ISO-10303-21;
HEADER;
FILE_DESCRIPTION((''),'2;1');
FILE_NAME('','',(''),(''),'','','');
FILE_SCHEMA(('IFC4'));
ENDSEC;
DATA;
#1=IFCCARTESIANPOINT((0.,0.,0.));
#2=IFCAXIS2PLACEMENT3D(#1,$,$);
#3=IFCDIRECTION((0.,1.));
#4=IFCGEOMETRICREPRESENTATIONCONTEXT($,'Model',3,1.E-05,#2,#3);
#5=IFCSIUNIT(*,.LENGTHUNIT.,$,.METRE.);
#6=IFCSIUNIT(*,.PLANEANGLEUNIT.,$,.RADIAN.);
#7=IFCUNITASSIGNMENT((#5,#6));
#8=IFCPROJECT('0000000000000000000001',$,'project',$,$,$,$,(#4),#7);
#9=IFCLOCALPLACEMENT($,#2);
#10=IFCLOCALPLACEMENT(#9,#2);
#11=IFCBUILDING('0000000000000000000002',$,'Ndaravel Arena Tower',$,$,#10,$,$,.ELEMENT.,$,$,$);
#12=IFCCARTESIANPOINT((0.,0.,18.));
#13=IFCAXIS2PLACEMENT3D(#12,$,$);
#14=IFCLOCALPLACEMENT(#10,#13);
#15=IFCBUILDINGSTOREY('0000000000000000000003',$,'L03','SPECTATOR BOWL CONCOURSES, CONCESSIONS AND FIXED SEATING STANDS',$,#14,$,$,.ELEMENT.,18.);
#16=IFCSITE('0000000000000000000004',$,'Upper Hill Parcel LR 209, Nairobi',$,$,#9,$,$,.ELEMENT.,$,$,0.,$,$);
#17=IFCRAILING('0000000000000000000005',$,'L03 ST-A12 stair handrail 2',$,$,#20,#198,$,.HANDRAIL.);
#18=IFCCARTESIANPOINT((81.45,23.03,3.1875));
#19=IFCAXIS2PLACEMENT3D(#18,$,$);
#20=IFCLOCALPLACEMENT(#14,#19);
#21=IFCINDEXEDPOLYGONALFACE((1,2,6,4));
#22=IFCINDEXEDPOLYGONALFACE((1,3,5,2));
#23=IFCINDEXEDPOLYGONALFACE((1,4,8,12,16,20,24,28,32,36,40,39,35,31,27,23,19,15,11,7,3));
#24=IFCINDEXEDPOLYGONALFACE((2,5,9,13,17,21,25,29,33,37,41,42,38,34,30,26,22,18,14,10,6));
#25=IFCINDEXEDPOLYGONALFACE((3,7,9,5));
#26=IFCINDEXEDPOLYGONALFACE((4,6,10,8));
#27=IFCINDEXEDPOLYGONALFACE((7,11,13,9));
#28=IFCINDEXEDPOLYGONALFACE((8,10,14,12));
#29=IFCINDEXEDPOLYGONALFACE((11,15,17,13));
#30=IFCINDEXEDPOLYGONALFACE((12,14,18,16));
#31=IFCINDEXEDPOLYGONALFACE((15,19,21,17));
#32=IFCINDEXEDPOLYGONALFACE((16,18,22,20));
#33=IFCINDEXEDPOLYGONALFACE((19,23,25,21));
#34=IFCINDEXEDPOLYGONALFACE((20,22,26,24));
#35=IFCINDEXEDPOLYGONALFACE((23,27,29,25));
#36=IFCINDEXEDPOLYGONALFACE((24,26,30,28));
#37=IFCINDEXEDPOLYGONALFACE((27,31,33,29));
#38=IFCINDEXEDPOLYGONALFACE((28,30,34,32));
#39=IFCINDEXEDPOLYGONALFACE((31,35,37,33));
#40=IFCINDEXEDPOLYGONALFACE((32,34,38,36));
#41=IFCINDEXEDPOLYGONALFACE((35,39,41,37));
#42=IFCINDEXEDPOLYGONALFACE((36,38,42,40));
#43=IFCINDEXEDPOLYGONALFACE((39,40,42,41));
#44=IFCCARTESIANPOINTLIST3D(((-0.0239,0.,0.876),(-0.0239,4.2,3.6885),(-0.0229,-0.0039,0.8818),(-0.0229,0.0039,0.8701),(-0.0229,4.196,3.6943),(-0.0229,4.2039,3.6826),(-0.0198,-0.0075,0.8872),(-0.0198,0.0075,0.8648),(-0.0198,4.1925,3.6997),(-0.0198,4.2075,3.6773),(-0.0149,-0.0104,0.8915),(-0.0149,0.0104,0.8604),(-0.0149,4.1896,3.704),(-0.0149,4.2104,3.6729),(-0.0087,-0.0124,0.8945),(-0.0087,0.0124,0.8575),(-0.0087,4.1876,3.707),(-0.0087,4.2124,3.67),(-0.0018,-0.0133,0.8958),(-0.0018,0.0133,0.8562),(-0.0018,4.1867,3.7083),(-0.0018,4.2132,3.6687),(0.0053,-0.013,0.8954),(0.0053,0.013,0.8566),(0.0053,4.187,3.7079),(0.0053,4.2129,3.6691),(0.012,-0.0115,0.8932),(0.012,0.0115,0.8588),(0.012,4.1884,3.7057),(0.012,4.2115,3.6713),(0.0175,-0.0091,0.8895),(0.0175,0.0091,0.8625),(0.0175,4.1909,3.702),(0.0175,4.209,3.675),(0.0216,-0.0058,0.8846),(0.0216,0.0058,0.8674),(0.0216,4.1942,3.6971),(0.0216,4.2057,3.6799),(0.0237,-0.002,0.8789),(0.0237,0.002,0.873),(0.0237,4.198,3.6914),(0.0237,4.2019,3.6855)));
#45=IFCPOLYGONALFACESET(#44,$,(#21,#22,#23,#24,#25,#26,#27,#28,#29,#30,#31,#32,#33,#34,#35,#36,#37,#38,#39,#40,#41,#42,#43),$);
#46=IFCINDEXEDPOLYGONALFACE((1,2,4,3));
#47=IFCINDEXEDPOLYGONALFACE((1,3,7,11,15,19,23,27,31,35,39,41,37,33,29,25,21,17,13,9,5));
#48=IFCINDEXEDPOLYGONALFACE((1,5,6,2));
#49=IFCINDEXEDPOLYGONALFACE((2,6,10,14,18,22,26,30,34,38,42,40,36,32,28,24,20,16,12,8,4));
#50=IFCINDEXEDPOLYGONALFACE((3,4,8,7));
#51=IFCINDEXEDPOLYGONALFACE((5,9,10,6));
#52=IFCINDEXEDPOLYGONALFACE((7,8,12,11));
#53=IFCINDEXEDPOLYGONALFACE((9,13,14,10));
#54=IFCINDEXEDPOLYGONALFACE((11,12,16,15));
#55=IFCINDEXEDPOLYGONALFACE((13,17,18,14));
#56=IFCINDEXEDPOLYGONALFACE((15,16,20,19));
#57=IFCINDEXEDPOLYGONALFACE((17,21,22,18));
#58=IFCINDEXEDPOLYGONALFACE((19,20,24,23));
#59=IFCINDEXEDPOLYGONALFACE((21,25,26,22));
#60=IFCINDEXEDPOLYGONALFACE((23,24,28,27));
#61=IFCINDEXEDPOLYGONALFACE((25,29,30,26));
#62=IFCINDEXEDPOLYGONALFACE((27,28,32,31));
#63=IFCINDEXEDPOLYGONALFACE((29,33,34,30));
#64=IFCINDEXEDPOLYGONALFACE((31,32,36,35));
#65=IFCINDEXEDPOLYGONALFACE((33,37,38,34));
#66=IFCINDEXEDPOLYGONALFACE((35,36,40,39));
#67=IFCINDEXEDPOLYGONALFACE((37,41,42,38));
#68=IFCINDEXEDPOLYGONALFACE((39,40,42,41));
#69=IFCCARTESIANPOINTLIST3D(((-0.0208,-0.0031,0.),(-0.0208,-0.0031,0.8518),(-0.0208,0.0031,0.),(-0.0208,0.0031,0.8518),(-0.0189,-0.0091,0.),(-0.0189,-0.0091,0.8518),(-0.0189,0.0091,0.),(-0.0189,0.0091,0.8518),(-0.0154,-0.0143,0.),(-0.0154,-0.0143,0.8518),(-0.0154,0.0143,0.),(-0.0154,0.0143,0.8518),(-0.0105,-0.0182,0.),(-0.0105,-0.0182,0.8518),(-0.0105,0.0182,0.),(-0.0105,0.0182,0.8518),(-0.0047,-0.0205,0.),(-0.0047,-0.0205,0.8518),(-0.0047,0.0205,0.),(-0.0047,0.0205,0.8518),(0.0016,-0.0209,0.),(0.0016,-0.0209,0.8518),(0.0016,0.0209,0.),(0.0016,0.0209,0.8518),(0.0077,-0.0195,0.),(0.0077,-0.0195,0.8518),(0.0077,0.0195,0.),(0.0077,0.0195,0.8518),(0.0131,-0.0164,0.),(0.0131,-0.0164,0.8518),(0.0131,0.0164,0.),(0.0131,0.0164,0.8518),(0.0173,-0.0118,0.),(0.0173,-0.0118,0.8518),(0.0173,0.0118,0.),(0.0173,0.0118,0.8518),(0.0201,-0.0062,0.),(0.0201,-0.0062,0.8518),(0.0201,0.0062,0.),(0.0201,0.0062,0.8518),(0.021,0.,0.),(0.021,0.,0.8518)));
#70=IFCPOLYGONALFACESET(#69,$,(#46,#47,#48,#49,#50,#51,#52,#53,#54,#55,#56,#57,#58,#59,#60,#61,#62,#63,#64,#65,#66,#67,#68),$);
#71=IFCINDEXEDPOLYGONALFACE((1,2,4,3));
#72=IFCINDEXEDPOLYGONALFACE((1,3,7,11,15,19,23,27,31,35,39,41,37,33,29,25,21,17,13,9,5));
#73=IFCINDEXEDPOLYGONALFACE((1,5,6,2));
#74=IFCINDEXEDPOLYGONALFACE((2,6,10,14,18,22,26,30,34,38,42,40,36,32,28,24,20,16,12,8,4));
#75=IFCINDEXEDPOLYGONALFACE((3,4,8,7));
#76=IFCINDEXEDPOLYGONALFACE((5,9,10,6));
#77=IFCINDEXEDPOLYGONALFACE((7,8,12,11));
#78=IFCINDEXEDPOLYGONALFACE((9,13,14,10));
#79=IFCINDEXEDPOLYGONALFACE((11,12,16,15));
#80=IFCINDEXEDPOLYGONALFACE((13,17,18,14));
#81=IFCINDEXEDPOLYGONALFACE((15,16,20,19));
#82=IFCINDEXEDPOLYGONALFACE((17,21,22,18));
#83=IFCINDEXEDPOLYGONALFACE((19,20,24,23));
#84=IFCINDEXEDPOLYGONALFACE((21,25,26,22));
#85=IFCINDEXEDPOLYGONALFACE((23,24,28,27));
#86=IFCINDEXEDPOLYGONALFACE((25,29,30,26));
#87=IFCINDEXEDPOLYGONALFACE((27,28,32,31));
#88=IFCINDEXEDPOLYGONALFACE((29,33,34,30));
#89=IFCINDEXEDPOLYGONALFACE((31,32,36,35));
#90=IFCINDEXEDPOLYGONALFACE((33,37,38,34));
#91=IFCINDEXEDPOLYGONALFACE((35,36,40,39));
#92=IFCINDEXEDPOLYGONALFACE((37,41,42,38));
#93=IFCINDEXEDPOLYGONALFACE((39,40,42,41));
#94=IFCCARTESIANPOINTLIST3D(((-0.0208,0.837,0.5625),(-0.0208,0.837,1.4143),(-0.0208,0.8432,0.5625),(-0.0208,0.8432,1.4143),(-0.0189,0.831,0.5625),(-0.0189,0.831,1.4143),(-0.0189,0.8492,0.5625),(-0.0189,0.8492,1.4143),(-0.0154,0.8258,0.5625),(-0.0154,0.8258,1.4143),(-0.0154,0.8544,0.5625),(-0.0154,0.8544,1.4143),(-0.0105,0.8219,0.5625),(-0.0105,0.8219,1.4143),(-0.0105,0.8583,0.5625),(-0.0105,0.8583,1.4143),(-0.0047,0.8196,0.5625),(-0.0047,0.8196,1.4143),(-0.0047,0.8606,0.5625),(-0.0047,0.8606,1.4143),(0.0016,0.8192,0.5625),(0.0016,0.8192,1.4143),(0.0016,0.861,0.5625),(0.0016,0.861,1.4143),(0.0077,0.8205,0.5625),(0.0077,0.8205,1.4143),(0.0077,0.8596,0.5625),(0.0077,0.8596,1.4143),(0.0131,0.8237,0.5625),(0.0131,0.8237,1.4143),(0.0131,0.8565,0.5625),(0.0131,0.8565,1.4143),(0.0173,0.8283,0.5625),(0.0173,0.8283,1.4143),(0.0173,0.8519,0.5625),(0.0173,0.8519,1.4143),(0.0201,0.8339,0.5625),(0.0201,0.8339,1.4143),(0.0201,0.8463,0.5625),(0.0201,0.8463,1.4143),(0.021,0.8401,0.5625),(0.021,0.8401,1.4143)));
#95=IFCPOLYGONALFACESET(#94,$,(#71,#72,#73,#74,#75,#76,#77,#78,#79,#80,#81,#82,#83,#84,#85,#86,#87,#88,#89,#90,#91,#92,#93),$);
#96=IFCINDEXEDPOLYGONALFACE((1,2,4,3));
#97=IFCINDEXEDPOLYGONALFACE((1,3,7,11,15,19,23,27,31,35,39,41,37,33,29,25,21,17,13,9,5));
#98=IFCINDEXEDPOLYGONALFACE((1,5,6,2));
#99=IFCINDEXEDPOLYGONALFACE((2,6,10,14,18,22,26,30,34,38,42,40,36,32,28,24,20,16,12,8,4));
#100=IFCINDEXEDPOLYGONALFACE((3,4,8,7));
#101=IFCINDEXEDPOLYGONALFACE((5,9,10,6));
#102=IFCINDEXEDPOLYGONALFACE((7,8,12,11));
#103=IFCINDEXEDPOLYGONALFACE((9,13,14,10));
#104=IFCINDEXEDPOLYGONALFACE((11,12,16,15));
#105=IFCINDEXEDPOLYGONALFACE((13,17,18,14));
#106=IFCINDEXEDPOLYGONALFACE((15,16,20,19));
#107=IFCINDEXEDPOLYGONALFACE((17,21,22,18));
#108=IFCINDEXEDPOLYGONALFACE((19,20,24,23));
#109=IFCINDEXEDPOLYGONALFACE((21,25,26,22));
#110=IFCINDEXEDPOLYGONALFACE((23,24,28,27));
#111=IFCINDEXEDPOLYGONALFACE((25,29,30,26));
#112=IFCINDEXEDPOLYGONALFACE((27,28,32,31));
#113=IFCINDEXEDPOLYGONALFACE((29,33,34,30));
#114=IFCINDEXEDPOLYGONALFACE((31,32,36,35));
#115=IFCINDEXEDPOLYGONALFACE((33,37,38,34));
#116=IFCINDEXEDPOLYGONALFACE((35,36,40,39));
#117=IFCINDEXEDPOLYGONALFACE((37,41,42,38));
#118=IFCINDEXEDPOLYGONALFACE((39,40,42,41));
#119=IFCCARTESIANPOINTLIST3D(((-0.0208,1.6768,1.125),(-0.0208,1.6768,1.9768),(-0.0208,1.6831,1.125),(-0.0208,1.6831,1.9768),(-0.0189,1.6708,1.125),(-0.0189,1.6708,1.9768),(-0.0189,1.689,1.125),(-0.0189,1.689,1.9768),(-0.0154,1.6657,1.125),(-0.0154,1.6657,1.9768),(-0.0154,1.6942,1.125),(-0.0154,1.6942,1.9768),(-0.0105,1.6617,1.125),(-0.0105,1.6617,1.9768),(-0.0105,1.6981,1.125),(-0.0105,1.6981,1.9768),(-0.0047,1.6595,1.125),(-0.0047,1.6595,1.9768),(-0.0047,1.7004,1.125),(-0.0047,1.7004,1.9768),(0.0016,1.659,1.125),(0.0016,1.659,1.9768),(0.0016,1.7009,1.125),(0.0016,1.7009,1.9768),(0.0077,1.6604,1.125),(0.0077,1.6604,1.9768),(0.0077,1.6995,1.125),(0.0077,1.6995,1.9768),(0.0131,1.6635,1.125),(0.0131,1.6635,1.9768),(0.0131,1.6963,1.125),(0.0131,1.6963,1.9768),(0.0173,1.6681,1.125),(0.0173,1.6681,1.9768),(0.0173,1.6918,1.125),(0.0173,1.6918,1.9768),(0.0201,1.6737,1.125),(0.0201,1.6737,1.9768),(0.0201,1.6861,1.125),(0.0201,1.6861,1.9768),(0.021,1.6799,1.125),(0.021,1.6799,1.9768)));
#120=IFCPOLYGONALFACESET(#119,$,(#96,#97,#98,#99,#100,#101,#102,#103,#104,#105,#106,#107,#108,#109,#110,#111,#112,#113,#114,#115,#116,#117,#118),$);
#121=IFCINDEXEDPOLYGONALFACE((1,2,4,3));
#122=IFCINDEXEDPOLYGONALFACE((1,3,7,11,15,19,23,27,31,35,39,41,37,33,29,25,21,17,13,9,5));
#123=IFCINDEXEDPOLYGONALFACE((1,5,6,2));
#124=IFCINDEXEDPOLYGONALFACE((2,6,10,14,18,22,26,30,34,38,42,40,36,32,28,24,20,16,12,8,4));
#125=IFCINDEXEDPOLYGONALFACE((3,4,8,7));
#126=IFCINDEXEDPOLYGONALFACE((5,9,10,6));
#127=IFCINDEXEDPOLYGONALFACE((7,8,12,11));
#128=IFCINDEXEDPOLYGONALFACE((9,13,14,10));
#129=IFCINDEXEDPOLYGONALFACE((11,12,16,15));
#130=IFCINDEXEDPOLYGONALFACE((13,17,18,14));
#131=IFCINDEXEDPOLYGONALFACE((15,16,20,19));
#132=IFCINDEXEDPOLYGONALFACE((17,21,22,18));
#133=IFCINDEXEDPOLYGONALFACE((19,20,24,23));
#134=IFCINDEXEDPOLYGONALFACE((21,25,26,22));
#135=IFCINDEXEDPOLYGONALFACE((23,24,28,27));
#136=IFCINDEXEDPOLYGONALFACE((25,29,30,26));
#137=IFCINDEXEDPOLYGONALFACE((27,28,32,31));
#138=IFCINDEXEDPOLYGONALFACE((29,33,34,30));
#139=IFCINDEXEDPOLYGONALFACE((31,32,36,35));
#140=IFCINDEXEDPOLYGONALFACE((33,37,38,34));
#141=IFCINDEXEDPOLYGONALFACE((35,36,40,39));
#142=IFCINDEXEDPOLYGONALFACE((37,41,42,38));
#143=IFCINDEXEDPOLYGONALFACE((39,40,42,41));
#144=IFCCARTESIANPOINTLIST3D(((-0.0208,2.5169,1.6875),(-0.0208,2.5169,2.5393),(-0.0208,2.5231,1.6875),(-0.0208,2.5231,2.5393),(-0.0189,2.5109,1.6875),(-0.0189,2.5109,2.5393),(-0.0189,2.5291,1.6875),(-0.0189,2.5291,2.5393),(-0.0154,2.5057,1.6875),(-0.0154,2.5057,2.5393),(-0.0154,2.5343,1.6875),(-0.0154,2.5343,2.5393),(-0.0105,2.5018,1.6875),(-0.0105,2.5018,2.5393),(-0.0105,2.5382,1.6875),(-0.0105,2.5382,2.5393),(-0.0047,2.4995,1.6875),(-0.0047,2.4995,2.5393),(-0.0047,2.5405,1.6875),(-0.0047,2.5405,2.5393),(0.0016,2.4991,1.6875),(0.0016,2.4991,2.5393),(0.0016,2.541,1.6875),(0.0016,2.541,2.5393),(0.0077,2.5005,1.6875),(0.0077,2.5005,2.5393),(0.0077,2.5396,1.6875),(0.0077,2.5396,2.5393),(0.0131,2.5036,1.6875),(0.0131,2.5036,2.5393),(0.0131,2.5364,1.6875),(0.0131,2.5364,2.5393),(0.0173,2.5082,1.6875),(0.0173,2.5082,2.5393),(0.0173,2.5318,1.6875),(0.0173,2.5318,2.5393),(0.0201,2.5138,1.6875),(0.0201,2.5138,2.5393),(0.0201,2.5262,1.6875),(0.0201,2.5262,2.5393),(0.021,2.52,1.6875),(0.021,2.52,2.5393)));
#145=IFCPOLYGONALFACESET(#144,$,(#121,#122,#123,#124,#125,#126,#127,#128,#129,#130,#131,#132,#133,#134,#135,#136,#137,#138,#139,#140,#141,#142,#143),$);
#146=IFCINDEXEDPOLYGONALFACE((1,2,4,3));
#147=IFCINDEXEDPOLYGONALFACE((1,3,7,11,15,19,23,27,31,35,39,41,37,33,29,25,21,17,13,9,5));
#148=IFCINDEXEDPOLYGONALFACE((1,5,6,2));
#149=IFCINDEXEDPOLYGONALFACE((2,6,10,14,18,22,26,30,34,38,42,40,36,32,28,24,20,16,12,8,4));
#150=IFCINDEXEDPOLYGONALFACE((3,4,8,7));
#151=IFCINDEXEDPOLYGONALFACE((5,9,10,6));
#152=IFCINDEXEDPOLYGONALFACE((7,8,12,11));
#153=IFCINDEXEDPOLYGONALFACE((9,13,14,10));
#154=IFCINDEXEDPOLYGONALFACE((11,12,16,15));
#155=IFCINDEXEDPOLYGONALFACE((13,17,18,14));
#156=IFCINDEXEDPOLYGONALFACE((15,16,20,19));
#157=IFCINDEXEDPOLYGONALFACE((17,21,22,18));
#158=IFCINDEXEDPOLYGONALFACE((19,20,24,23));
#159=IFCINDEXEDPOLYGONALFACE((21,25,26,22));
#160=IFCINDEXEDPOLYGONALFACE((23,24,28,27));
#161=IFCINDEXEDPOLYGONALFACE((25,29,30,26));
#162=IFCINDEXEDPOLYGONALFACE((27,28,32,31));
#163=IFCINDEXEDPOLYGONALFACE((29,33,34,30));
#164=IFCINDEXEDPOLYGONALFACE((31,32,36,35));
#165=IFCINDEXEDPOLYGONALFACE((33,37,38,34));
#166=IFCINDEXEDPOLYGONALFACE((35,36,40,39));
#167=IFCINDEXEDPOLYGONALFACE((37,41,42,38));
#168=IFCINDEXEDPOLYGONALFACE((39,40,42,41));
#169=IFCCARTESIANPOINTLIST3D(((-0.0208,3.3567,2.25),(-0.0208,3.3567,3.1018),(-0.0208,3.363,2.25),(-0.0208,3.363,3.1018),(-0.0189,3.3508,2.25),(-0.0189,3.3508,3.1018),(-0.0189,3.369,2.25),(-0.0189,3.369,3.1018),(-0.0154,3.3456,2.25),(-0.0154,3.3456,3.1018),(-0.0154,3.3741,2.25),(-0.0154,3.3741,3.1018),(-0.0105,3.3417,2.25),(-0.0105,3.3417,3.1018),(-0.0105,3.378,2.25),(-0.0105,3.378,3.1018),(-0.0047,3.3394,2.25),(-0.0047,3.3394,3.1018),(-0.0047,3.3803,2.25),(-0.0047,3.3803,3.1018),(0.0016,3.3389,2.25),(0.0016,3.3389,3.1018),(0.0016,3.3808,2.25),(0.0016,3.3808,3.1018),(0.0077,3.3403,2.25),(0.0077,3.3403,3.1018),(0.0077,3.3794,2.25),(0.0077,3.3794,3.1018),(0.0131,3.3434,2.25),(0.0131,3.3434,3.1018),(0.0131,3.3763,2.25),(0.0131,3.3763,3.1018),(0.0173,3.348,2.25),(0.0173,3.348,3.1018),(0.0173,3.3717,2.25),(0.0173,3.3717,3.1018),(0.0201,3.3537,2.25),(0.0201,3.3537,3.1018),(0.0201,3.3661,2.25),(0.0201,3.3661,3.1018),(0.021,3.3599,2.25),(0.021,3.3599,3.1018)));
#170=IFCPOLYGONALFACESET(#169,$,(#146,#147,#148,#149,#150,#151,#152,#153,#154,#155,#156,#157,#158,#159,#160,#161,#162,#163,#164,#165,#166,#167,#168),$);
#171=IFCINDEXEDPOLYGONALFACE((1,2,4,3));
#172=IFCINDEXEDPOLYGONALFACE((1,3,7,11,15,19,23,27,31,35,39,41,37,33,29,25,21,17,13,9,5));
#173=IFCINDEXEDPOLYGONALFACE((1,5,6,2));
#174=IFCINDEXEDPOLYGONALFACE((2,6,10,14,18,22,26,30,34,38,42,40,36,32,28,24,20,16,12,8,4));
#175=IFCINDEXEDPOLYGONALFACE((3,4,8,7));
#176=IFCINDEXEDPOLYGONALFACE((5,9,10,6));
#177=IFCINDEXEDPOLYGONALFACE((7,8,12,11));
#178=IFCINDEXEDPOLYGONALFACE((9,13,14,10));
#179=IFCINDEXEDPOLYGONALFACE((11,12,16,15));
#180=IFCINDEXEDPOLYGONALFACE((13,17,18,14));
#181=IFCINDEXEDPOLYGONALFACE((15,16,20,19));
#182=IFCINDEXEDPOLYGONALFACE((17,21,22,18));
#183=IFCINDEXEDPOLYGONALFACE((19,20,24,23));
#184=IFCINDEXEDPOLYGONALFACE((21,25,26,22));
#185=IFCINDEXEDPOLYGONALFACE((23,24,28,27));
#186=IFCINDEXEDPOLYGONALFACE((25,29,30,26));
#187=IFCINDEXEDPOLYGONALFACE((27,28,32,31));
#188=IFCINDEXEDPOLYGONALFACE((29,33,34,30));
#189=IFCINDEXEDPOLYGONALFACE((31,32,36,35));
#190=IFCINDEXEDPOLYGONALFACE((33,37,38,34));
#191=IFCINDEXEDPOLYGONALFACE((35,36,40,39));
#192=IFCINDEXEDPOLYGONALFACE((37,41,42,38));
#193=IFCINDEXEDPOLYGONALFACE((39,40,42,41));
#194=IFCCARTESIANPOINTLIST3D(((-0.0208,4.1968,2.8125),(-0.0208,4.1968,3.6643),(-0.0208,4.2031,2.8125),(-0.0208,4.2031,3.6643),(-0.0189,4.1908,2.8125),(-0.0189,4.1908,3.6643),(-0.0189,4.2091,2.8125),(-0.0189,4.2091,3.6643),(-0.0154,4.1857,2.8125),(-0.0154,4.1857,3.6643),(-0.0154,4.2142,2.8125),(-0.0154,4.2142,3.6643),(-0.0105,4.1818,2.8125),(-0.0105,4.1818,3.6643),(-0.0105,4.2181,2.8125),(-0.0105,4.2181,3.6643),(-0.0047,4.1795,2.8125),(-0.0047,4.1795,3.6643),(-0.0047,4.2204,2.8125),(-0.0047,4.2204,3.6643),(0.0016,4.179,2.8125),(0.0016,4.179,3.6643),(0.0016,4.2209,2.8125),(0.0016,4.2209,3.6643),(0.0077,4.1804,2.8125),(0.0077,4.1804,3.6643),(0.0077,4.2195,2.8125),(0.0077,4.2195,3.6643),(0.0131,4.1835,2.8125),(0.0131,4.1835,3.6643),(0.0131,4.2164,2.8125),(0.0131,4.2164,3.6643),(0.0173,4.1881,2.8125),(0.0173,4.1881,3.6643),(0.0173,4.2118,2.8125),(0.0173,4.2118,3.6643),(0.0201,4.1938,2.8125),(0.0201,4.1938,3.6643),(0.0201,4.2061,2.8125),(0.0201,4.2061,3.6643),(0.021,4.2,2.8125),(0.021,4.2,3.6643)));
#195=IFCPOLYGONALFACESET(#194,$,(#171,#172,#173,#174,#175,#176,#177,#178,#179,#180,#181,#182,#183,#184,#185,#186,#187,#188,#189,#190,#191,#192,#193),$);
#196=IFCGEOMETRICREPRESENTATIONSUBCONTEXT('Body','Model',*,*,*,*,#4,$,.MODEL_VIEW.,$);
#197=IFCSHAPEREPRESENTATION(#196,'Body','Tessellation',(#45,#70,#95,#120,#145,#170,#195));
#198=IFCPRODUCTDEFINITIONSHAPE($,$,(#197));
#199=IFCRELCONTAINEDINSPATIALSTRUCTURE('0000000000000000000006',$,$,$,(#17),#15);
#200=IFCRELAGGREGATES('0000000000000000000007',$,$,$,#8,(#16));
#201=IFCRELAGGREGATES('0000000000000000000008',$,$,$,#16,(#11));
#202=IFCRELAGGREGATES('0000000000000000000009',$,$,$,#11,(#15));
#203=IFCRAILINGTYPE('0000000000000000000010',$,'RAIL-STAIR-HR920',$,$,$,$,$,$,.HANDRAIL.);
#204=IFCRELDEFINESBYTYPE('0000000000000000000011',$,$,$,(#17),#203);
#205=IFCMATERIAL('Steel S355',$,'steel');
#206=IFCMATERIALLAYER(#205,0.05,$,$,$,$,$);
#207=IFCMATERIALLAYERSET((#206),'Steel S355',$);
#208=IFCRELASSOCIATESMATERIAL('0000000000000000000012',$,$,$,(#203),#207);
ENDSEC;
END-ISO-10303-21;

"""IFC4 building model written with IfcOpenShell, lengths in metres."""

from ifc_helpers import new_model, si_unit, direction, frame, origin, origin_2d, place, context, subcontext, project, spatial, circle, extrude, material, layer, layer_set, type_object, element, save


model = new_model("IFC4")

# Units and contexts
model_context = context("Model", 3, precision=1e-05, world=origin(), true_north=direction((0.0, 1.0)))
body_context = subcontext(model_context, "Body", "Model", "MODEL_VIEW")
ifc_project = project(units=[si_unit("LENGTHUNIT", "METRE"), si_unit("PLANEANGLEUNIT", "RADIAN")], contexts=[model_context])

# Site, building, storey
site_placement = place(None, origin())
site = spatial("IfcSite", under=ifc_project, at=site_placement, Name="Upper Hill Parcel LR 209, Nairobi", CompositionType="ELEMENT", RefElevation=0.0)
building_placement = place(site_placement, origin())
building = spatial("IfcBuilding", under=site, at=building_placement, Name="Ndaravel Arena Tower", CompositionType="ELEMENT")
storey_placement = place(building_placement, frame((0.0, 0.0, 18.0)))
storey = spatial("IfcBuildingStorey", under=building, at=storey_placement, Name="L03", Description="SPECTATOR BOWL CONCOURSES, CONCESSIONS AND FIXED SEATING STANDS", CompositionType="ELEMENT", Elevation=18.0)

# Railing
ifc_material_1 = material(Name="Steel S355", Category="steel")
ifc_layer_1 = layer(ifc_material_1, 0.05)
ifc_layer_set_1 = layer_set([ifc_layer_1], Name="Steel S355")
railing_type_1 = type_object("IfcRailingType", Name="RAIL-STAIR-HR920", PredefinedType="HANDRAIL", material=ifc_layer_set_1)
railing_1_placement = place(storey_placement, frame((81.45, 23.03, 3.1875)))
element("IfcRailing", 1, at=railing_1_placement, inside=storey, type_object=railing_type_1, Name="L03 ST-A12 stair handrail 2", PredefinedType="HANDRAIL", context=body_context, shape_type="SweptSolid", body=[
    extrude(circle(Radius=0.0239, at=origin_2d()), frame((0.0, 0.0, 0.876), z_axis=(0.0, 0.830904, 0.556416), x_axis=(-1.0, 0.0, 0.0)), (0.0, 0.0, 1.0), 5.0547),
    extrude(circle(Radius=0.021, at=origin_2d()), origin(), (0.0, 0.0, 1.0), 0.8518),
    extrude(circle(Radius=0.021, at=origin_2d()), frame((0.0, 0.8401, 0.5625)), (0.0, 0.0, 1.0), 0.8518),
    extrude(circle(Radius=0.021, at=origin_2d()), frame((0.0, 1.6799, 1.125)), (0.0, 0.0, 1.0), 0.8518),
    extrude(circle(Radius=0.021, at=origin_2d()), frame((0.0, 2.52, 1.6875)), (0.0, 0.0, 1.0), 0.8518),
    extrude(circle(Radius=0.021, at=origin_2d()), frame((0.0, 3.3599, 2.25)), (0.0, 0.0, 1.0), 0.8518),
    extrude(circle(Radius=0.021, at=origin_2d()), frame((0.0, 4.2, 2.8125)), (0.0, 0.0, 1.0), 0.8518),
])

save(model, "model.ifc")
